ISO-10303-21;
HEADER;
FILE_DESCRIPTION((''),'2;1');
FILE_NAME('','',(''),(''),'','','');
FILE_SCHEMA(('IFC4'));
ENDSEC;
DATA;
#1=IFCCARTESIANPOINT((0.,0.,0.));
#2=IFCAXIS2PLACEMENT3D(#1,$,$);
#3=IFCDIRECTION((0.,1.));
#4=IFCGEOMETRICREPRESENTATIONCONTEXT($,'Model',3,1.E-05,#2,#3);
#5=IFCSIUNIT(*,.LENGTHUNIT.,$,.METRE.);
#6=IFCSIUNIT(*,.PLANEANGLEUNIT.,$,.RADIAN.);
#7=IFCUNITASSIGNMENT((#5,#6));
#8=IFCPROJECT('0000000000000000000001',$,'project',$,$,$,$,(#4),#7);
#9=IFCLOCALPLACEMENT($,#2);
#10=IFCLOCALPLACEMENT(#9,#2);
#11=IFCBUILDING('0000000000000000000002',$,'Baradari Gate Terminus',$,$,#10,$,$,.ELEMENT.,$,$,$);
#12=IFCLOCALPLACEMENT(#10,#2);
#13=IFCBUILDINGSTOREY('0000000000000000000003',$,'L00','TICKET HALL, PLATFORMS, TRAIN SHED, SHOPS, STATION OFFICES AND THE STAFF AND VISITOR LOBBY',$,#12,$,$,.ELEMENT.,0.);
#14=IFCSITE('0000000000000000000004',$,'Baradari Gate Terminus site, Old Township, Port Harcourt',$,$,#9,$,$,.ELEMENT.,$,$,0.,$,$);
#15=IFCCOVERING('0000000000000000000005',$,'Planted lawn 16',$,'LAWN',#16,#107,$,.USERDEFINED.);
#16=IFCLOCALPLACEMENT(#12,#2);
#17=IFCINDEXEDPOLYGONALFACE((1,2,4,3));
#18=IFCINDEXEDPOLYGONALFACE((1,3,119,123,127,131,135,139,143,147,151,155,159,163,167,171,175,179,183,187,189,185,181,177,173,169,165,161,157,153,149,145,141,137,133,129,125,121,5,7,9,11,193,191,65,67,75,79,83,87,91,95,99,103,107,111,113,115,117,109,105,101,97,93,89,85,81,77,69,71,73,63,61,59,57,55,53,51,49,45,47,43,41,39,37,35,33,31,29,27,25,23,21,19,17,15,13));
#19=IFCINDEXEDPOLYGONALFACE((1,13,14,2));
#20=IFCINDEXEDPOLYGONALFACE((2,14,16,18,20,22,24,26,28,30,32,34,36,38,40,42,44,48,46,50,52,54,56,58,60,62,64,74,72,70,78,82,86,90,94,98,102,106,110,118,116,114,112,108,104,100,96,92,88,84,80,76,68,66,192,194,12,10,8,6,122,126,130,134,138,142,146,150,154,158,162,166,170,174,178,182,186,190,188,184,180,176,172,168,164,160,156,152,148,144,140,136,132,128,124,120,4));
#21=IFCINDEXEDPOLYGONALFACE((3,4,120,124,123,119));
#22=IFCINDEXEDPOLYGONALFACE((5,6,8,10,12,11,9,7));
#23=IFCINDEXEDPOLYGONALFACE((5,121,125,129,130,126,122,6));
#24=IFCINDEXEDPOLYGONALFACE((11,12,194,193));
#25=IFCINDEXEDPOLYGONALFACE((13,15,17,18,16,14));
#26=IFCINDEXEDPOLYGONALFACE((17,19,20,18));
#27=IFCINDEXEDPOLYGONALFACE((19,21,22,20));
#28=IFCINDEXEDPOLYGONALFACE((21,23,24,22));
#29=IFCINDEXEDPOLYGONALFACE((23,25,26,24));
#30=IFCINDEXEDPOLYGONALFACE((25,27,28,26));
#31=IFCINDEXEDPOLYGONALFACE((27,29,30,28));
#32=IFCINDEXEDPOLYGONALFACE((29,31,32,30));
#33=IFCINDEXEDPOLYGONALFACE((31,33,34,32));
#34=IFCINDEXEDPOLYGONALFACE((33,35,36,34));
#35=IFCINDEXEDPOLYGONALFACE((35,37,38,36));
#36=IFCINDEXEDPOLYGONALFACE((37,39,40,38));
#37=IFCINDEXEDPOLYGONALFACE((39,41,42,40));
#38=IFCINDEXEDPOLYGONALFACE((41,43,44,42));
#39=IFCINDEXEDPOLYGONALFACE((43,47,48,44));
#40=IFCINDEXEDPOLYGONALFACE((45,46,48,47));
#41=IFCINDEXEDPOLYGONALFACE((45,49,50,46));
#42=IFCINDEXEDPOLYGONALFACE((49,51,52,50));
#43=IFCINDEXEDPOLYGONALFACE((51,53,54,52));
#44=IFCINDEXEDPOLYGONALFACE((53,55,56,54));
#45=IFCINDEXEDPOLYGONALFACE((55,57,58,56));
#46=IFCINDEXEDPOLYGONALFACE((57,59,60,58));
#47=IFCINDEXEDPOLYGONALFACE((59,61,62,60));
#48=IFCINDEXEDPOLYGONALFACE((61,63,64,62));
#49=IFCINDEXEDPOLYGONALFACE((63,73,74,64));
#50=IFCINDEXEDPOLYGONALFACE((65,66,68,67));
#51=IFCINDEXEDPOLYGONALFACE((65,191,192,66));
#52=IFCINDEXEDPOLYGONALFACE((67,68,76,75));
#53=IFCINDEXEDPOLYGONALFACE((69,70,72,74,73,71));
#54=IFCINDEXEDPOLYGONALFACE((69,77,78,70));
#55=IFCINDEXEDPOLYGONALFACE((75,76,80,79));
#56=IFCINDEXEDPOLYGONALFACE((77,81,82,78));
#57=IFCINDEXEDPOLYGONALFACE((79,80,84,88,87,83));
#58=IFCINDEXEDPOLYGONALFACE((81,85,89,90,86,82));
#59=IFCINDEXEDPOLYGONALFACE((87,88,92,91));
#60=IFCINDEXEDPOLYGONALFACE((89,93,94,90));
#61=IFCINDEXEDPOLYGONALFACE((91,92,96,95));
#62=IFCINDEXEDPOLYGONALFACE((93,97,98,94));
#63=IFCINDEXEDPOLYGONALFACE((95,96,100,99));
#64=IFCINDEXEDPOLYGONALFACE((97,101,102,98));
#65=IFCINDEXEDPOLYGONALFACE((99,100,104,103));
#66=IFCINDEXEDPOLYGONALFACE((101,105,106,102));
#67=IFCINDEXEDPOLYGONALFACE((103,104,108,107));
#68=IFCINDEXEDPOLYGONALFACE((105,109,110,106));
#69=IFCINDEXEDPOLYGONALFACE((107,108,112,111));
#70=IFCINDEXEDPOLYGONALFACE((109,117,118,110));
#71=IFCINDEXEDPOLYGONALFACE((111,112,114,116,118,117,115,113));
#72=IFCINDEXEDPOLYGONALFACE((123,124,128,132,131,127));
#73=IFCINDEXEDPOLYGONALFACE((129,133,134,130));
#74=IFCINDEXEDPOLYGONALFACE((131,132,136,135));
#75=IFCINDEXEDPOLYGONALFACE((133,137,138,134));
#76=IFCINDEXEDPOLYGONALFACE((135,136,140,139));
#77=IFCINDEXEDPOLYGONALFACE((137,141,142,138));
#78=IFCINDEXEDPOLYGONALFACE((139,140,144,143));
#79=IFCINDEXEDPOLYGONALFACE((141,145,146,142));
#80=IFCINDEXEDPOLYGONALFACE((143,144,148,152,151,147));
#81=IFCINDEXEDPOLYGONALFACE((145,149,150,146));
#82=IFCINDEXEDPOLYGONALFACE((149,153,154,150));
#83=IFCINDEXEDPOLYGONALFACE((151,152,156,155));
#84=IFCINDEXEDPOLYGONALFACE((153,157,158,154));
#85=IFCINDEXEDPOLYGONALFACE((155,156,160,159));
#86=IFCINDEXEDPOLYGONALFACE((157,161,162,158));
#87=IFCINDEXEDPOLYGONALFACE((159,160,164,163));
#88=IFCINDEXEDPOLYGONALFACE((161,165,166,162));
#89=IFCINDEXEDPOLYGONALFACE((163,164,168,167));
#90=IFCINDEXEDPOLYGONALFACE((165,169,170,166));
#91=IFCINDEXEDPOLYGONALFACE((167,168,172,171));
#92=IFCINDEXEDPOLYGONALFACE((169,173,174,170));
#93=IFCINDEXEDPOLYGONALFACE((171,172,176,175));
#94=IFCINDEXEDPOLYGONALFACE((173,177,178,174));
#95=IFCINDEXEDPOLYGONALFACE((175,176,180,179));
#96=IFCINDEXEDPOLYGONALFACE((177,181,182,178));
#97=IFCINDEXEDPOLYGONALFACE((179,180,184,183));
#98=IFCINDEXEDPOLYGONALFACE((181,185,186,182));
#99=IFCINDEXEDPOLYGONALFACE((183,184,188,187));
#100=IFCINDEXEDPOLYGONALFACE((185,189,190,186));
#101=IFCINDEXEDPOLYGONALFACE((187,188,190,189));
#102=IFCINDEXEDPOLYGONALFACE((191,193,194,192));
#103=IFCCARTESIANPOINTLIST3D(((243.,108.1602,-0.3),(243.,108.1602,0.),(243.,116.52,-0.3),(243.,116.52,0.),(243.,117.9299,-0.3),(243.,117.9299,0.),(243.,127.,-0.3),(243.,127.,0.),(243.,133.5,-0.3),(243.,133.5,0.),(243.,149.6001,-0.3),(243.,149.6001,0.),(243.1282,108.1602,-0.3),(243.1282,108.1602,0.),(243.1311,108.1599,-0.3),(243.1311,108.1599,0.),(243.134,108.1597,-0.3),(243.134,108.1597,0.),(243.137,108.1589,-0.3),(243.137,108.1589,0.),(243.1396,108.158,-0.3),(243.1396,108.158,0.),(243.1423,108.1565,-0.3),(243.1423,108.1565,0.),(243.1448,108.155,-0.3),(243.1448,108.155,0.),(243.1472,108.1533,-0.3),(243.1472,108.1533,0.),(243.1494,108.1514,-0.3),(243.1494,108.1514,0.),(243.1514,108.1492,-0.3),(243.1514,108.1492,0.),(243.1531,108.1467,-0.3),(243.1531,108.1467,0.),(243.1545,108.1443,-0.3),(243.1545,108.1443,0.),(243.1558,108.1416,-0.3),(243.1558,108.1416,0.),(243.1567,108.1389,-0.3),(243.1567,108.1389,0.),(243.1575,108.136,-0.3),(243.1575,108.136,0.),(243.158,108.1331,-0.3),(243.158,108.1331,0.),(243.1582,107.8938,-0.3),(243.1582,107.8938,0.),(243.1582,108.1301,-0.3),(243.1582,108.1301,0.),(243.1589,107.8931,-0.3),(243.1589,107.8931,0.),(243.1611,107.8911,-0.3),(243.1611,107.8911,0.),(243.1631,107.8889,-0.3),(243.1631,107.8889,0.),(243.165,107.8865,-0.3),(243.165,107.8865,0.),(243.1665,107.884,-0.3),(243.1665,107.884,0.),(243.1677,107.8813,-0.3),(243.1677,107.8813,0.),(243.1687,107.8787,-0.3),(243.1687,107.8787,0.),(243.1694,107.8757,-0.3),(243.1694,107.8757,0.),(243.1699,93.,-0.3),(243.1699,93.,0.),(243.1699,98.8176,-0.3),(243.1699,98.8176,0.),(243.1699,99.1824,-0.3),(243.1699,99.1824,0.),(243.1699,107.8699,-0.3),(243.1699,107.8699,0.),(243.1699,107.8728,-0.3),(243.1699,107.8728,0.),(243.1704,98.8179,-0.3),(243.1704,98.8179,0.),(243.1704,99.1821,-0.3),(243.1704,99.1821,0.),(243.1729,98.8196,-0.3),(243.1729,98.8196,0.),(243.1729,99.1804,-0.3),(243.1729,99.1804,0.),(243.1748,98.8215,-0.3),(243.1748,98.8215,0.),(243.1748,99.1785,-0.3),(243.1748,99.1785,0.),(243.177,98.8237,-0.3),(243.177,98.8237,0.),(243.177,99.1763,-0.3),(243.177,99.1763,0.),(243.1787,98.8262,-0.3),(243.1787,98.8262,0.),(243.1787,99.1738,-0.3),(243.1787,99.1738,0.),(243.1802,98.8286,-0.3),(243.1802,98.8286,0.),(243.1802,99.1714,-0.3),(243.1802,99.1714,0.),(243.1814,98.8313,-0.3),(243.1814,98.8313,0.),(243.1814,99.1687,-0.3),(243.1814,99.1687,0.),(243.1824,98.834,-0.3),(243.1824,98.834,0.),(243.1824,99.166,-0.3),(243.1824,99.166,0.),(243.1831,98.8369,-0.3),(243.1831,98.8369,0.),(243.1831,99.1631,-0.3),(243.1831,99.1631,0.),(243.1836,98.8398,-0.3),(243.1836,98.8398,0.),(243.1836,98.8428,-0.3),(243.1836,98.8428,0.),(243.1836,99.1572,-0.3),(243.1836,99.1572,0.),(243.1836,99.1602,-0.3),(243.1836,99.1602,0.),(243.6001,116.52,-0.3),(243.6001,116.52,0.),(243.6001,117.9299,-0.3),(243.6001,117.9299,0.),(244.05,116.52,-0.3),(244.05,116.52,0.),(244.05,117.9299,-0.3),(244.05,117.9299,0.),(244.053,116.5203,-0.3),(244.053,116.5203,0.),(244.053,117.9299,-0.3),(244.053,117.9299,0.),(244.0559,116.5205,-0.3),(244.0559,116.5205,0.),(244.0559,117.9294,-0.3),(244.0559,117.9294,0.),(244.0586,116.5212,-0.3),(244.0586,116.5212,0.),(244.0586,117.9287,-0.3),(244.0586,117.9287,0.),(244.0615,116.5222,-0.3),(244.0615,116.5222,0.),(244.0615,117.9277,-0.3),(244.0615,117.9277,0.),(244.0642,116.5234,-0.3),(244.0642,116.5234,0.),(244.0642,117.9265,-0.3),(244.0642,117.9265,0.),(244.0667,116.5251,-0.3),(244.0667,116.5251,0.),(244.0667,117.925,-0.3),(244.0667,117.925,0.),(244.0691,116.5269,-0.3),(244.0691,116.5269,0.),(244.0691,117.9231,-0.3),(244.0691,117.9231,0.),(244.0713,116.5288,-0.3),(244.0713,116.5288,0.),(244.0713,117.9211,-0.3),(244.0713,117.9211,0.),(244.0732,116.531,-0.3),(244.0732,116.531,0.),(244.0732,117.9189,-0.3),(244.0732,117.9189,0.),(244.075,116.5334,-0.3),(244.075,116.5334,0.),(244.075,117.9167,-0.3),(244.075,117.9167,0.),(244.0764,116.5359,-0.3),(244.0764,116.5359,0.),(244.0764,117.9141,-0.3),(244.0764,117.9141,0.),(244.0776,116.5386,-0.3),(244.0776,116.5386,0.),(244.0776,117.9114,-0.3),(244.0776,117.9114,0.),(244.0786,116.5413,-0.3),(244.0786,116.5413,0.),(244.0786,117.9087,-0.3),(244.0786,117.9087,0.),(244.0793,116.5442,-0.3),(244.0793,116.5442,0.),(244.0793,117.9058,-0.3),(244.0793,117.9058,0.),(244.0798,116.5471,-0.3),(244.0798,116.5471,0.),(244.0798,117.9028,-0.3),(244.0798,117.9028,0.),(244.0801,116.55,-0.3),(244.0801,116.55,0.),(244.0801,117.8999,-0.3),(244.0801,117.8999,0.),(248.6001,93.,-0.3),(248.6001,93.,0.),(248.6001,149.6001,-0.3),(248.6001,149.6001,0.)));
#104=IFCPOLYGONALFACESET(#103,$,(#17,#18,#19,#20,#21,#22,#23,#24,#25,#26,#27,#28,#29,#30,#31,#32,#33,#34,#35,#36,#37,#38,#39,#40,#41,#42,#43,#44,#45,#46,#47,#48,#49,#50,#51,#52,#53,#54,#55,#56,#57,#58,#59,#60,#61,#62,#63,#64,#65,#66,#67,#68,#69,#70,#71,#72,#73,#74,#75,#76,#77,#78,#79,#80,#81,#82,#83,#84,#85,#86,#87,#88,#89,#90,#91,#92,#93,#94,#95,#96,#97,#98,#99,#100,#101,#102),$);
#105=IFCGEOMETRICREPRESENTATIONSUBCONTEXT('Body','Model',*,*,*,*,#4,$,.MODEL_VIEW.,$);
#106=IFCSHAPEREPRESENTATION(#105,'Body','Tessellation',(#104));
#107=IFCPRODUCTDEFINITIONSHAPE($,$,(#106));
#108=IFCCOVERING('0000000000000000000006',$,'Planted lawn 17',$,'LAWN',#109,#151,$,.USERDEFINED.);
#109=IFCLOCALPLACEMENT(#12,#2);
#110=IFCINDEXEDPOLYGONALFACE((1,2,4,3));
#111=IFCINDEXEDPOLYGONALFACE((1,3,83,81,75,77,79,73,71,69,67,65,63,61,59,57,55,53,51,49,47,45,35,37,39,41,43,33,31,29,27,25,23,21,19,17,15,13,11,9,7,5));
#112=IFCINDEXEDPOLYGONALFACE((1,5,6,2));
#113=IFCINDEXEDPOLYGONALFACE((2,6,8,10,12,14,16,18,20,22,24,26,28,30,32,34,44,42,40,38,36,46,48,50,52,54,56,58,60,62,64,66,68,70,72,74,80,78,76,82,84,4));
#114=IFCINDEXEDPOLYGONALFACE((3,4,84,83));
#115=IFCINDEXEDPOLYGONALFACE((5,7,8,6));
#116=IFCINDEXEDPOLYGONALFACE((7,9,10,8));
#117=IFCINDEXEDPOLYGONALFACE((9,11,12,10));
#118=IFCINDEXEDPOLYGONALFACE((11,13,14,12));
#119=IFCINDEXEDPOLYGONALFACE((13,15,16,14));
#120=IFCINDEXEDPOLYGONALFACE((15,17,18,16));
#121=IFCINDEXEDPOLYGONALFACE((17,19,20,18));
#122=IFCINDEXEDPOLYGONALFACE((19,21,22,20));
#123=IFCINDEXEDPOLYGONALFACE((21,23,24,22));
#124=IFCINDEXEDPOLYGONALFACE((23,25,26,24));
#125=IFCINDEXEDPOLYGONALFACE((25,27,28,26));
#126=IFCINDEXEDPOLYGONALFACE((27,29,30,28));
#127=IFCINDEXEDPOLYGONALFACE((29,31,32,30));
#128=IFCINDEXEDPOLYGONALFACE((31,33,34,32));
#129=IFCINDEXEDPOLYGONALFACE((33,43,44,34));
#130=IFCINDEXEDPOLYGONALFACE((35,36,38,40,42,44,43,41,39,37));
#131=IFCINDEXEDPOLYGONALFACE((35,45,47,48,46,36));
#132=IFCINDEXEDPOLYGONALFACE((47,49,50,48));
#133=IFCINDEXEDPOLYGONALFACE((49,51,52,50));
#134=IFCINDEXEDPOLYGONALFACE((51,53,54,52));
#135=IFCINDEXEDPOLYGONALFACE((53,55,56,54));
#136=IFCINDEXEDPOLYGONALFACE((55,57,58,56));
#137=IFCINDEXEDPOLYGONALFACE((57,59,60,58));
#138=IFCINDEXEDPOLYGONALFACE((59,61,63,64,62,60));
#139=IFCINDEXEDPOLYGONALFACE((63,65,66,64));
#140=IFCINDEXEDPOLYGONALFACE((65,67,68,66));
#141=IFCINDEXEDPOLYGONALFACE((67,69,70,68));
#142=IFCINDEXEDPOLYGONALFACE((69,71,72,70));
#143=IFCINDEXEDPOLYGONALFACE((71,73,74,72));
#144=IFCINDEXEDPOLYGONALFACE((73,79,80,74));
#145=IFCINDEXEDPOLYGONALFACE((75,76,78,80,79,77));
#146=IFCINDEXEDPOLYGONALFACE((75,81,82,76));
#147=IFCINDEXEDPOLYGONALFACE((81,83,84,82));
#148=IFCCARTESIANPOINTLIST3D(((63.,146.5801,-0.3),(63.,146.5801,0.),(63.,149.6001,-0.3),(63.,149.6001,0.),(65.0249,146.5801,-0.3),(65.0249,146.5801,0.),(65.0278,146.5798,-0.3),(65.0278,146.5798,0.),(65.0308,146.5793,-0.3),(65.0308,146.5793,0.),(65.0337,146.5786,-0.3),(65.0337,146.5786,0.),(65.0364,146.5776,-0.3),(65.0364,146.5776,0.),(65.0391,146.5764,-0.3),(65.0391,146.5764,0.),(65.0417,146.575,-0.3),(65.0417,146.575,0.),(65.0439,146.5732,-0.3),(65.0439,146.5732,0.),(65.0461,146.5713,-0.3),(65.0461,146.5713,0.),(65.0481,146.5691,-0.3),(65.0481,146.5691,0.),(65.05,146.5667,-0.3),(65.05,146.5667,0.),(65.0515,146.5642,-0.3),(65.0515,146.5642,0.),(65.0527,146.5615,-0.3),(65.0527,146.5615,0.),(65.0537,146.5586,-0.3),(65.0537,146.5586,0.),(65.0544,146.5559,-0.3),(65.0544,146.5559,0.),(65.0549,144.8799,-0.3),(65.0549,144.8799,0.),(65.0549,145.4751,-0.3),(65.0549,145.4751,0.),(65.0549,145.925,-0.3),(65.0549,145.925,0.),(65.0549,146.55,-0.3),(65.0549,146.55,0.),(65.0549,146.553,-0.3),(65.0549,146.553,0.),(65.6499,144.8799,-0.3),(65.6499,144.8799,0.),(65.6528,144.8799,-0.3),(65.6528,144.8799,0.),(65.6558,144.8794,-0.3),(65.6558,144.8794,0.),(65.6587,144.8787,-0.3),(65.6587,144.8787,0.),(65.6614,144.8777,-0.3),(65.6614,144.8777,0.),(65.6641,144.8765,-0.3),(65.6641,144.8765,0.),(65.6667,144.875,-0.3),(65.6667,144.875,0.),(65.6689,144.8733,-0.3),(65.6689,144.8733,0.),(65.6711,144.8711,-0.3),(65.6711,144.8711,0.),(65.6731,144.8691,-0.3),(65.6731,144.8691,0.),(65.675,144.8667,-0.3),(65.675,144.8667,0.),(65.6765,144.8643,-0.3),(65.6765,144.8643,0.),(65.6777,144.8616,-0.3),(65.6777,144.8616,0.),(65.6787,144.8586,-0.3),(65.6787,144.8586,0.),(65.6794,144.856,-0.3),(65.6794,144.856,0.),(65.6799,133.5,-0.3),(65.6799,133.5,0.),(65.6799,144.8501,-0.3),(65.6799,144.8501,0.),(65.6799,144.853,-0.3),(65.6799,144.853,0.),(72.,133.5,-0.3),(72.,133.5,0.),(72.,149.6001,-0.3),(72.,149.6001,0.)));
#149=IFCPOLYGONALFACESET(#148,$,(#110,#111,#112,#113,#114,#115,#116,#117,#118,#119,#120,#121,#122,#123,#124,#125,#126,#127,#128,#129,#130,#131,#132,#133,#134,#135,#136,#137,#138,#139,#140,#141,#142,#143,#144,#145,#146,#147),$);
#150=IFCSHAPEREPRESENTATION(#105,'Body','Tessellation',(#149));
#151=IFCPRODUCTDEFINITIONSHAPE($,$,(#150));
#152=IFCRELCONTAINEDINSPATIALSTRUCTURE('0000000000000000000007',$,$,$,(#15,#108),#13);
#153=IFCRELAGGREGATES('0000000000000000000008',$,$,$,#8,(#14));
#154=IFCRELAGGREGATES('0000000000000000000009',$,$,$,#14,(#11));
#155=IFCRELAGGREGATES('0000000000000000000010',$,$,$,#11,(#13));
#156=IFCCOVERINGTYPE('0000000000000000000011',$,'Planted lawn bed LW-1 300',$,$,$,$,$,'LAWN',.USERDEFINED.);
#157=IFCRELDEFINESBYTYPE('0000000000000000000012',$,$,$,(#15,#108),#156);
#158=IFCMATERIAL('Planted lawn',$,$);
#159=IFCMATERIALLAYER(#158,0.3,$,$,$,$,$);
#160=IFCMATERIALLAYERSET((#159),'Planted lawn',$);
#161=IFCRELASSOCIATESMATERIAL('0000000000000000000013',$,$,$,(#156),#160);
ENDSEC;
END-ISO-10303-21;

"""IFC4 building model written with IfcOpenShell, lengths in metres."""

from ifc_helpers import new_model, si_unit, direction, frame, origin, place, context, subcontext, project, spatial, polyline, outline, extrude, material, layer, layer_set, type_object, element, save


model = new_model("IFC4")

# Units and contexts
model_context = context("Model", 3, precision=1e-05, world=origin(), true_north=direction((0.0, 1.0)))
body_context = subcontext(model_context, "Body", "Model", "MODEL_VIEW")
ifc_project = project(units=[si_unit("LENGTHUNIT", "METRE"), si_unit("PLANEANGLEUNIT", "RADIAN")], contexts=[model_context])

# Site, building, storey
site_placement = place(None, origin())
site = spatial("IfcSite", under=ifc_project, at=site_placement, Name="Baradari Gate Terminus site, Old Township, Port Harcourt", CompositionType="ELEMENT", RefElevation=0.0)
building_placement = place(site_placement, origin())
building = spatial("IfcBuilding", under=site, at=building_placement, Name="Baradari Gate Terminus", CompositionType="ELEMENT")
storey_placement = place(building_placement, origin())
storey = spatial("IfcBuildingStorey", under=building, at=storey_placement, Name="L00", Description="TICKET HALL, PLATFORMS, TRAIN SHED, SHOPS, STATION OFFICES AND THE STAFF AND VISITOR LOBBY", CompositionType="ELEMENT", Elevation=0.0)

# Coverings
ifc_material_1 = material(Name="Planted lawn")
ifc_layer_1 = layer(ifc_material_1, 0.3)
ifc_layer_set_1 = layer_set([ifc_layer_1], Name="Planted lawn")
covering_type_1 = type_object("IfcCoveringType", Name="Planted lawn bed LW-1 300", ElementType="LAWN", PredefinedType="USERDEFINED", material=ifc_layer_set_1)
covering_1_placement = place(storey_placement, frame((0.0, 0.0, -0.3)))
element("IfcCovering", 1, at=covering_1_placement, inside=storey, type_object=covering_type_1, Name="Planted lawn 16", ObjectType="LAWN", PredefinedType="USERDEFINED", context=body_context, shape_type="SweptSolid", body=[
    extrude(outline(polyline([(248.6001, 149.6001), (243.0, 149.6001), (243.0, 133.5), (243.0, 127.0), (243.0, 117.9299), (243.6001, 117.9299), (243.6001, 117.9299), (244.05, 117.9299), (244.053, 117.9299), (244.0559, 117.9294), (244.0586, 117.9287), (244.0615, 117.9277), (244.0642, 117.9265), (244.0667, 117.925), (244.0691, 117.9231), (244.0713, 117.9211), (244.0732, 117.9189), (244.075, 117.9167), (244.0764, 117.9141), (244.0776, 117.9114), (244.0786, 117.9087), (244.0793, 117.9058), (244.0798, 117.9028), (244.0801, 117.8999), (244.0801, 116.55), (244.0798, 116.5471), (244.0793, 116.5442), (244.0786, 116.5413), (244.0776, 116.5386), (244.0764, 116.5359), (244.075, 116.5334), (244.0732, 116.531), (244.0713, 116.5288), (244.0691, 116.5269), (244.0667, 116.5251), (244.0642, 116.5234), (244.0615, 116.5222), (244.0586, 116.5212), (244.0559, 116.5205), (244.053, 116.5203), (244.05, 116.52), (243.6001, 116.52), (243.0, 116.52), (243.0, 108.1602), (243.1282, 108.1602), (243.1311, 108.1599), (243.134, 108.1597), (243.137, 108.1589), (243.1396, 108.158), (243.1423, 108.1565), (243.1448, 108.155), (243.1472, 108.1533), (243.1494, 108.1514), (243.1514, 108.1492), (243.1531, 108.1467), (243.1545, 108.1443), (243.1558, 108.1416), (243.1567, 108.1389), (243.1575, 108.136), (243.158, 108.1331), (243.1582, 108.1301), (243.1582, 107.8938), (243.1589, 107.8931), (243.1611, 107.8911), (243.1631, 107.8889), (243.165, 107.8865), (243.1665, 107.884), (243.1677, 107.8813), (243.1687, 107.8787), (243.1694, 107.8757), (243.1699, 107.8728), (243.1699, 107.8699), (243.1699, 99.1824), (243.1704, 99.1821), (243.1729, 99.1804), (243.1748, 99.1785), (243.177, 99.1763), (243.1787, 99.1738), (243.1802, 99.1714), (243.1814, 99.1687), (243.1824, 99.166), (243.1831, 99.1631), (243.1836, 99.1602), (243.1836, 99.1572), (243.1836, 98.8428), (243.1836, 98.8398), (243.1831, 98.8369), (243.1824, 98.834), (243.1814, 98.8313), (243.1802, 98.8286), (243.1787, 98.8262), (243.177, 98.8237), (243.1748, 98.8215), (243.1729, 98.8196), (243.1704, 98.8179), (243.1699, 98.8176), (243.1699, 93.0), (248.6001, 93.0), (248.6001, 149.6001)])), origin(), (0.0, 0.0, 1.0), 0.3),
])
covering_2_placement = place(storey_placement, frame((0.0, 0.0, -0.3)))
element("IfcCovering", 2, at=covering_2_placement, inside=storey, type_object=covering_type_1, Name="Planted lawn 17", ObjectType="LAWN", PredefinedType="USERDEFINED", context=body_context, shape_type="SweptSolid", body=[
    extrude(outline(polyline([(72.0, 149.6001), (63.0, 149.6001), (63.0, 146.5801), (65.0249, 146.5801), (65.0278, 146.5798), (65.0308, 146.5793), (65.0337, 146.5786), (65.0364, 146.5776), (65.0391, 146.5764), (65.0417, 146.575), (65.0439, 146.5732), (65.0461, 146.5713), (65.0481, 146.5691), (65.05, 146.5667), (65.0515, 146.5642), (65.0527, 146.5615), (65.0537, 146.5586), (65.0544, 146.5559), (65.0549, 146.553), (65.0549, 146.55), (65.0549, 145.925), (65.0549, 145.4751), (65.0549, 144.8799), (65.6499, 144.8799), (65.6528, 144.8799), (65.6558, 144.8794), (65.6587, 144.8787), (65.6614, 144.8777), (65.6641, 144.8765), (65.6667, 144.875), (65.6689, 144.8733), (65.6711, 144.8711), (65.6731, 144.8691), (65.675, 144.8667), (65.6765, 144.8643), (65.6777, 144.8616), (65.6787, 144.8586), (65.6794, 144.856), (65.6799, 144.853), (65.6799, 144.8501), (65.6799, 133.5), (72.0, 133.5), (72.0, 149.6001)])), origin(), (0.0, 0.0, 1.0), 0.3),
])

save(model, "model.ifc")
